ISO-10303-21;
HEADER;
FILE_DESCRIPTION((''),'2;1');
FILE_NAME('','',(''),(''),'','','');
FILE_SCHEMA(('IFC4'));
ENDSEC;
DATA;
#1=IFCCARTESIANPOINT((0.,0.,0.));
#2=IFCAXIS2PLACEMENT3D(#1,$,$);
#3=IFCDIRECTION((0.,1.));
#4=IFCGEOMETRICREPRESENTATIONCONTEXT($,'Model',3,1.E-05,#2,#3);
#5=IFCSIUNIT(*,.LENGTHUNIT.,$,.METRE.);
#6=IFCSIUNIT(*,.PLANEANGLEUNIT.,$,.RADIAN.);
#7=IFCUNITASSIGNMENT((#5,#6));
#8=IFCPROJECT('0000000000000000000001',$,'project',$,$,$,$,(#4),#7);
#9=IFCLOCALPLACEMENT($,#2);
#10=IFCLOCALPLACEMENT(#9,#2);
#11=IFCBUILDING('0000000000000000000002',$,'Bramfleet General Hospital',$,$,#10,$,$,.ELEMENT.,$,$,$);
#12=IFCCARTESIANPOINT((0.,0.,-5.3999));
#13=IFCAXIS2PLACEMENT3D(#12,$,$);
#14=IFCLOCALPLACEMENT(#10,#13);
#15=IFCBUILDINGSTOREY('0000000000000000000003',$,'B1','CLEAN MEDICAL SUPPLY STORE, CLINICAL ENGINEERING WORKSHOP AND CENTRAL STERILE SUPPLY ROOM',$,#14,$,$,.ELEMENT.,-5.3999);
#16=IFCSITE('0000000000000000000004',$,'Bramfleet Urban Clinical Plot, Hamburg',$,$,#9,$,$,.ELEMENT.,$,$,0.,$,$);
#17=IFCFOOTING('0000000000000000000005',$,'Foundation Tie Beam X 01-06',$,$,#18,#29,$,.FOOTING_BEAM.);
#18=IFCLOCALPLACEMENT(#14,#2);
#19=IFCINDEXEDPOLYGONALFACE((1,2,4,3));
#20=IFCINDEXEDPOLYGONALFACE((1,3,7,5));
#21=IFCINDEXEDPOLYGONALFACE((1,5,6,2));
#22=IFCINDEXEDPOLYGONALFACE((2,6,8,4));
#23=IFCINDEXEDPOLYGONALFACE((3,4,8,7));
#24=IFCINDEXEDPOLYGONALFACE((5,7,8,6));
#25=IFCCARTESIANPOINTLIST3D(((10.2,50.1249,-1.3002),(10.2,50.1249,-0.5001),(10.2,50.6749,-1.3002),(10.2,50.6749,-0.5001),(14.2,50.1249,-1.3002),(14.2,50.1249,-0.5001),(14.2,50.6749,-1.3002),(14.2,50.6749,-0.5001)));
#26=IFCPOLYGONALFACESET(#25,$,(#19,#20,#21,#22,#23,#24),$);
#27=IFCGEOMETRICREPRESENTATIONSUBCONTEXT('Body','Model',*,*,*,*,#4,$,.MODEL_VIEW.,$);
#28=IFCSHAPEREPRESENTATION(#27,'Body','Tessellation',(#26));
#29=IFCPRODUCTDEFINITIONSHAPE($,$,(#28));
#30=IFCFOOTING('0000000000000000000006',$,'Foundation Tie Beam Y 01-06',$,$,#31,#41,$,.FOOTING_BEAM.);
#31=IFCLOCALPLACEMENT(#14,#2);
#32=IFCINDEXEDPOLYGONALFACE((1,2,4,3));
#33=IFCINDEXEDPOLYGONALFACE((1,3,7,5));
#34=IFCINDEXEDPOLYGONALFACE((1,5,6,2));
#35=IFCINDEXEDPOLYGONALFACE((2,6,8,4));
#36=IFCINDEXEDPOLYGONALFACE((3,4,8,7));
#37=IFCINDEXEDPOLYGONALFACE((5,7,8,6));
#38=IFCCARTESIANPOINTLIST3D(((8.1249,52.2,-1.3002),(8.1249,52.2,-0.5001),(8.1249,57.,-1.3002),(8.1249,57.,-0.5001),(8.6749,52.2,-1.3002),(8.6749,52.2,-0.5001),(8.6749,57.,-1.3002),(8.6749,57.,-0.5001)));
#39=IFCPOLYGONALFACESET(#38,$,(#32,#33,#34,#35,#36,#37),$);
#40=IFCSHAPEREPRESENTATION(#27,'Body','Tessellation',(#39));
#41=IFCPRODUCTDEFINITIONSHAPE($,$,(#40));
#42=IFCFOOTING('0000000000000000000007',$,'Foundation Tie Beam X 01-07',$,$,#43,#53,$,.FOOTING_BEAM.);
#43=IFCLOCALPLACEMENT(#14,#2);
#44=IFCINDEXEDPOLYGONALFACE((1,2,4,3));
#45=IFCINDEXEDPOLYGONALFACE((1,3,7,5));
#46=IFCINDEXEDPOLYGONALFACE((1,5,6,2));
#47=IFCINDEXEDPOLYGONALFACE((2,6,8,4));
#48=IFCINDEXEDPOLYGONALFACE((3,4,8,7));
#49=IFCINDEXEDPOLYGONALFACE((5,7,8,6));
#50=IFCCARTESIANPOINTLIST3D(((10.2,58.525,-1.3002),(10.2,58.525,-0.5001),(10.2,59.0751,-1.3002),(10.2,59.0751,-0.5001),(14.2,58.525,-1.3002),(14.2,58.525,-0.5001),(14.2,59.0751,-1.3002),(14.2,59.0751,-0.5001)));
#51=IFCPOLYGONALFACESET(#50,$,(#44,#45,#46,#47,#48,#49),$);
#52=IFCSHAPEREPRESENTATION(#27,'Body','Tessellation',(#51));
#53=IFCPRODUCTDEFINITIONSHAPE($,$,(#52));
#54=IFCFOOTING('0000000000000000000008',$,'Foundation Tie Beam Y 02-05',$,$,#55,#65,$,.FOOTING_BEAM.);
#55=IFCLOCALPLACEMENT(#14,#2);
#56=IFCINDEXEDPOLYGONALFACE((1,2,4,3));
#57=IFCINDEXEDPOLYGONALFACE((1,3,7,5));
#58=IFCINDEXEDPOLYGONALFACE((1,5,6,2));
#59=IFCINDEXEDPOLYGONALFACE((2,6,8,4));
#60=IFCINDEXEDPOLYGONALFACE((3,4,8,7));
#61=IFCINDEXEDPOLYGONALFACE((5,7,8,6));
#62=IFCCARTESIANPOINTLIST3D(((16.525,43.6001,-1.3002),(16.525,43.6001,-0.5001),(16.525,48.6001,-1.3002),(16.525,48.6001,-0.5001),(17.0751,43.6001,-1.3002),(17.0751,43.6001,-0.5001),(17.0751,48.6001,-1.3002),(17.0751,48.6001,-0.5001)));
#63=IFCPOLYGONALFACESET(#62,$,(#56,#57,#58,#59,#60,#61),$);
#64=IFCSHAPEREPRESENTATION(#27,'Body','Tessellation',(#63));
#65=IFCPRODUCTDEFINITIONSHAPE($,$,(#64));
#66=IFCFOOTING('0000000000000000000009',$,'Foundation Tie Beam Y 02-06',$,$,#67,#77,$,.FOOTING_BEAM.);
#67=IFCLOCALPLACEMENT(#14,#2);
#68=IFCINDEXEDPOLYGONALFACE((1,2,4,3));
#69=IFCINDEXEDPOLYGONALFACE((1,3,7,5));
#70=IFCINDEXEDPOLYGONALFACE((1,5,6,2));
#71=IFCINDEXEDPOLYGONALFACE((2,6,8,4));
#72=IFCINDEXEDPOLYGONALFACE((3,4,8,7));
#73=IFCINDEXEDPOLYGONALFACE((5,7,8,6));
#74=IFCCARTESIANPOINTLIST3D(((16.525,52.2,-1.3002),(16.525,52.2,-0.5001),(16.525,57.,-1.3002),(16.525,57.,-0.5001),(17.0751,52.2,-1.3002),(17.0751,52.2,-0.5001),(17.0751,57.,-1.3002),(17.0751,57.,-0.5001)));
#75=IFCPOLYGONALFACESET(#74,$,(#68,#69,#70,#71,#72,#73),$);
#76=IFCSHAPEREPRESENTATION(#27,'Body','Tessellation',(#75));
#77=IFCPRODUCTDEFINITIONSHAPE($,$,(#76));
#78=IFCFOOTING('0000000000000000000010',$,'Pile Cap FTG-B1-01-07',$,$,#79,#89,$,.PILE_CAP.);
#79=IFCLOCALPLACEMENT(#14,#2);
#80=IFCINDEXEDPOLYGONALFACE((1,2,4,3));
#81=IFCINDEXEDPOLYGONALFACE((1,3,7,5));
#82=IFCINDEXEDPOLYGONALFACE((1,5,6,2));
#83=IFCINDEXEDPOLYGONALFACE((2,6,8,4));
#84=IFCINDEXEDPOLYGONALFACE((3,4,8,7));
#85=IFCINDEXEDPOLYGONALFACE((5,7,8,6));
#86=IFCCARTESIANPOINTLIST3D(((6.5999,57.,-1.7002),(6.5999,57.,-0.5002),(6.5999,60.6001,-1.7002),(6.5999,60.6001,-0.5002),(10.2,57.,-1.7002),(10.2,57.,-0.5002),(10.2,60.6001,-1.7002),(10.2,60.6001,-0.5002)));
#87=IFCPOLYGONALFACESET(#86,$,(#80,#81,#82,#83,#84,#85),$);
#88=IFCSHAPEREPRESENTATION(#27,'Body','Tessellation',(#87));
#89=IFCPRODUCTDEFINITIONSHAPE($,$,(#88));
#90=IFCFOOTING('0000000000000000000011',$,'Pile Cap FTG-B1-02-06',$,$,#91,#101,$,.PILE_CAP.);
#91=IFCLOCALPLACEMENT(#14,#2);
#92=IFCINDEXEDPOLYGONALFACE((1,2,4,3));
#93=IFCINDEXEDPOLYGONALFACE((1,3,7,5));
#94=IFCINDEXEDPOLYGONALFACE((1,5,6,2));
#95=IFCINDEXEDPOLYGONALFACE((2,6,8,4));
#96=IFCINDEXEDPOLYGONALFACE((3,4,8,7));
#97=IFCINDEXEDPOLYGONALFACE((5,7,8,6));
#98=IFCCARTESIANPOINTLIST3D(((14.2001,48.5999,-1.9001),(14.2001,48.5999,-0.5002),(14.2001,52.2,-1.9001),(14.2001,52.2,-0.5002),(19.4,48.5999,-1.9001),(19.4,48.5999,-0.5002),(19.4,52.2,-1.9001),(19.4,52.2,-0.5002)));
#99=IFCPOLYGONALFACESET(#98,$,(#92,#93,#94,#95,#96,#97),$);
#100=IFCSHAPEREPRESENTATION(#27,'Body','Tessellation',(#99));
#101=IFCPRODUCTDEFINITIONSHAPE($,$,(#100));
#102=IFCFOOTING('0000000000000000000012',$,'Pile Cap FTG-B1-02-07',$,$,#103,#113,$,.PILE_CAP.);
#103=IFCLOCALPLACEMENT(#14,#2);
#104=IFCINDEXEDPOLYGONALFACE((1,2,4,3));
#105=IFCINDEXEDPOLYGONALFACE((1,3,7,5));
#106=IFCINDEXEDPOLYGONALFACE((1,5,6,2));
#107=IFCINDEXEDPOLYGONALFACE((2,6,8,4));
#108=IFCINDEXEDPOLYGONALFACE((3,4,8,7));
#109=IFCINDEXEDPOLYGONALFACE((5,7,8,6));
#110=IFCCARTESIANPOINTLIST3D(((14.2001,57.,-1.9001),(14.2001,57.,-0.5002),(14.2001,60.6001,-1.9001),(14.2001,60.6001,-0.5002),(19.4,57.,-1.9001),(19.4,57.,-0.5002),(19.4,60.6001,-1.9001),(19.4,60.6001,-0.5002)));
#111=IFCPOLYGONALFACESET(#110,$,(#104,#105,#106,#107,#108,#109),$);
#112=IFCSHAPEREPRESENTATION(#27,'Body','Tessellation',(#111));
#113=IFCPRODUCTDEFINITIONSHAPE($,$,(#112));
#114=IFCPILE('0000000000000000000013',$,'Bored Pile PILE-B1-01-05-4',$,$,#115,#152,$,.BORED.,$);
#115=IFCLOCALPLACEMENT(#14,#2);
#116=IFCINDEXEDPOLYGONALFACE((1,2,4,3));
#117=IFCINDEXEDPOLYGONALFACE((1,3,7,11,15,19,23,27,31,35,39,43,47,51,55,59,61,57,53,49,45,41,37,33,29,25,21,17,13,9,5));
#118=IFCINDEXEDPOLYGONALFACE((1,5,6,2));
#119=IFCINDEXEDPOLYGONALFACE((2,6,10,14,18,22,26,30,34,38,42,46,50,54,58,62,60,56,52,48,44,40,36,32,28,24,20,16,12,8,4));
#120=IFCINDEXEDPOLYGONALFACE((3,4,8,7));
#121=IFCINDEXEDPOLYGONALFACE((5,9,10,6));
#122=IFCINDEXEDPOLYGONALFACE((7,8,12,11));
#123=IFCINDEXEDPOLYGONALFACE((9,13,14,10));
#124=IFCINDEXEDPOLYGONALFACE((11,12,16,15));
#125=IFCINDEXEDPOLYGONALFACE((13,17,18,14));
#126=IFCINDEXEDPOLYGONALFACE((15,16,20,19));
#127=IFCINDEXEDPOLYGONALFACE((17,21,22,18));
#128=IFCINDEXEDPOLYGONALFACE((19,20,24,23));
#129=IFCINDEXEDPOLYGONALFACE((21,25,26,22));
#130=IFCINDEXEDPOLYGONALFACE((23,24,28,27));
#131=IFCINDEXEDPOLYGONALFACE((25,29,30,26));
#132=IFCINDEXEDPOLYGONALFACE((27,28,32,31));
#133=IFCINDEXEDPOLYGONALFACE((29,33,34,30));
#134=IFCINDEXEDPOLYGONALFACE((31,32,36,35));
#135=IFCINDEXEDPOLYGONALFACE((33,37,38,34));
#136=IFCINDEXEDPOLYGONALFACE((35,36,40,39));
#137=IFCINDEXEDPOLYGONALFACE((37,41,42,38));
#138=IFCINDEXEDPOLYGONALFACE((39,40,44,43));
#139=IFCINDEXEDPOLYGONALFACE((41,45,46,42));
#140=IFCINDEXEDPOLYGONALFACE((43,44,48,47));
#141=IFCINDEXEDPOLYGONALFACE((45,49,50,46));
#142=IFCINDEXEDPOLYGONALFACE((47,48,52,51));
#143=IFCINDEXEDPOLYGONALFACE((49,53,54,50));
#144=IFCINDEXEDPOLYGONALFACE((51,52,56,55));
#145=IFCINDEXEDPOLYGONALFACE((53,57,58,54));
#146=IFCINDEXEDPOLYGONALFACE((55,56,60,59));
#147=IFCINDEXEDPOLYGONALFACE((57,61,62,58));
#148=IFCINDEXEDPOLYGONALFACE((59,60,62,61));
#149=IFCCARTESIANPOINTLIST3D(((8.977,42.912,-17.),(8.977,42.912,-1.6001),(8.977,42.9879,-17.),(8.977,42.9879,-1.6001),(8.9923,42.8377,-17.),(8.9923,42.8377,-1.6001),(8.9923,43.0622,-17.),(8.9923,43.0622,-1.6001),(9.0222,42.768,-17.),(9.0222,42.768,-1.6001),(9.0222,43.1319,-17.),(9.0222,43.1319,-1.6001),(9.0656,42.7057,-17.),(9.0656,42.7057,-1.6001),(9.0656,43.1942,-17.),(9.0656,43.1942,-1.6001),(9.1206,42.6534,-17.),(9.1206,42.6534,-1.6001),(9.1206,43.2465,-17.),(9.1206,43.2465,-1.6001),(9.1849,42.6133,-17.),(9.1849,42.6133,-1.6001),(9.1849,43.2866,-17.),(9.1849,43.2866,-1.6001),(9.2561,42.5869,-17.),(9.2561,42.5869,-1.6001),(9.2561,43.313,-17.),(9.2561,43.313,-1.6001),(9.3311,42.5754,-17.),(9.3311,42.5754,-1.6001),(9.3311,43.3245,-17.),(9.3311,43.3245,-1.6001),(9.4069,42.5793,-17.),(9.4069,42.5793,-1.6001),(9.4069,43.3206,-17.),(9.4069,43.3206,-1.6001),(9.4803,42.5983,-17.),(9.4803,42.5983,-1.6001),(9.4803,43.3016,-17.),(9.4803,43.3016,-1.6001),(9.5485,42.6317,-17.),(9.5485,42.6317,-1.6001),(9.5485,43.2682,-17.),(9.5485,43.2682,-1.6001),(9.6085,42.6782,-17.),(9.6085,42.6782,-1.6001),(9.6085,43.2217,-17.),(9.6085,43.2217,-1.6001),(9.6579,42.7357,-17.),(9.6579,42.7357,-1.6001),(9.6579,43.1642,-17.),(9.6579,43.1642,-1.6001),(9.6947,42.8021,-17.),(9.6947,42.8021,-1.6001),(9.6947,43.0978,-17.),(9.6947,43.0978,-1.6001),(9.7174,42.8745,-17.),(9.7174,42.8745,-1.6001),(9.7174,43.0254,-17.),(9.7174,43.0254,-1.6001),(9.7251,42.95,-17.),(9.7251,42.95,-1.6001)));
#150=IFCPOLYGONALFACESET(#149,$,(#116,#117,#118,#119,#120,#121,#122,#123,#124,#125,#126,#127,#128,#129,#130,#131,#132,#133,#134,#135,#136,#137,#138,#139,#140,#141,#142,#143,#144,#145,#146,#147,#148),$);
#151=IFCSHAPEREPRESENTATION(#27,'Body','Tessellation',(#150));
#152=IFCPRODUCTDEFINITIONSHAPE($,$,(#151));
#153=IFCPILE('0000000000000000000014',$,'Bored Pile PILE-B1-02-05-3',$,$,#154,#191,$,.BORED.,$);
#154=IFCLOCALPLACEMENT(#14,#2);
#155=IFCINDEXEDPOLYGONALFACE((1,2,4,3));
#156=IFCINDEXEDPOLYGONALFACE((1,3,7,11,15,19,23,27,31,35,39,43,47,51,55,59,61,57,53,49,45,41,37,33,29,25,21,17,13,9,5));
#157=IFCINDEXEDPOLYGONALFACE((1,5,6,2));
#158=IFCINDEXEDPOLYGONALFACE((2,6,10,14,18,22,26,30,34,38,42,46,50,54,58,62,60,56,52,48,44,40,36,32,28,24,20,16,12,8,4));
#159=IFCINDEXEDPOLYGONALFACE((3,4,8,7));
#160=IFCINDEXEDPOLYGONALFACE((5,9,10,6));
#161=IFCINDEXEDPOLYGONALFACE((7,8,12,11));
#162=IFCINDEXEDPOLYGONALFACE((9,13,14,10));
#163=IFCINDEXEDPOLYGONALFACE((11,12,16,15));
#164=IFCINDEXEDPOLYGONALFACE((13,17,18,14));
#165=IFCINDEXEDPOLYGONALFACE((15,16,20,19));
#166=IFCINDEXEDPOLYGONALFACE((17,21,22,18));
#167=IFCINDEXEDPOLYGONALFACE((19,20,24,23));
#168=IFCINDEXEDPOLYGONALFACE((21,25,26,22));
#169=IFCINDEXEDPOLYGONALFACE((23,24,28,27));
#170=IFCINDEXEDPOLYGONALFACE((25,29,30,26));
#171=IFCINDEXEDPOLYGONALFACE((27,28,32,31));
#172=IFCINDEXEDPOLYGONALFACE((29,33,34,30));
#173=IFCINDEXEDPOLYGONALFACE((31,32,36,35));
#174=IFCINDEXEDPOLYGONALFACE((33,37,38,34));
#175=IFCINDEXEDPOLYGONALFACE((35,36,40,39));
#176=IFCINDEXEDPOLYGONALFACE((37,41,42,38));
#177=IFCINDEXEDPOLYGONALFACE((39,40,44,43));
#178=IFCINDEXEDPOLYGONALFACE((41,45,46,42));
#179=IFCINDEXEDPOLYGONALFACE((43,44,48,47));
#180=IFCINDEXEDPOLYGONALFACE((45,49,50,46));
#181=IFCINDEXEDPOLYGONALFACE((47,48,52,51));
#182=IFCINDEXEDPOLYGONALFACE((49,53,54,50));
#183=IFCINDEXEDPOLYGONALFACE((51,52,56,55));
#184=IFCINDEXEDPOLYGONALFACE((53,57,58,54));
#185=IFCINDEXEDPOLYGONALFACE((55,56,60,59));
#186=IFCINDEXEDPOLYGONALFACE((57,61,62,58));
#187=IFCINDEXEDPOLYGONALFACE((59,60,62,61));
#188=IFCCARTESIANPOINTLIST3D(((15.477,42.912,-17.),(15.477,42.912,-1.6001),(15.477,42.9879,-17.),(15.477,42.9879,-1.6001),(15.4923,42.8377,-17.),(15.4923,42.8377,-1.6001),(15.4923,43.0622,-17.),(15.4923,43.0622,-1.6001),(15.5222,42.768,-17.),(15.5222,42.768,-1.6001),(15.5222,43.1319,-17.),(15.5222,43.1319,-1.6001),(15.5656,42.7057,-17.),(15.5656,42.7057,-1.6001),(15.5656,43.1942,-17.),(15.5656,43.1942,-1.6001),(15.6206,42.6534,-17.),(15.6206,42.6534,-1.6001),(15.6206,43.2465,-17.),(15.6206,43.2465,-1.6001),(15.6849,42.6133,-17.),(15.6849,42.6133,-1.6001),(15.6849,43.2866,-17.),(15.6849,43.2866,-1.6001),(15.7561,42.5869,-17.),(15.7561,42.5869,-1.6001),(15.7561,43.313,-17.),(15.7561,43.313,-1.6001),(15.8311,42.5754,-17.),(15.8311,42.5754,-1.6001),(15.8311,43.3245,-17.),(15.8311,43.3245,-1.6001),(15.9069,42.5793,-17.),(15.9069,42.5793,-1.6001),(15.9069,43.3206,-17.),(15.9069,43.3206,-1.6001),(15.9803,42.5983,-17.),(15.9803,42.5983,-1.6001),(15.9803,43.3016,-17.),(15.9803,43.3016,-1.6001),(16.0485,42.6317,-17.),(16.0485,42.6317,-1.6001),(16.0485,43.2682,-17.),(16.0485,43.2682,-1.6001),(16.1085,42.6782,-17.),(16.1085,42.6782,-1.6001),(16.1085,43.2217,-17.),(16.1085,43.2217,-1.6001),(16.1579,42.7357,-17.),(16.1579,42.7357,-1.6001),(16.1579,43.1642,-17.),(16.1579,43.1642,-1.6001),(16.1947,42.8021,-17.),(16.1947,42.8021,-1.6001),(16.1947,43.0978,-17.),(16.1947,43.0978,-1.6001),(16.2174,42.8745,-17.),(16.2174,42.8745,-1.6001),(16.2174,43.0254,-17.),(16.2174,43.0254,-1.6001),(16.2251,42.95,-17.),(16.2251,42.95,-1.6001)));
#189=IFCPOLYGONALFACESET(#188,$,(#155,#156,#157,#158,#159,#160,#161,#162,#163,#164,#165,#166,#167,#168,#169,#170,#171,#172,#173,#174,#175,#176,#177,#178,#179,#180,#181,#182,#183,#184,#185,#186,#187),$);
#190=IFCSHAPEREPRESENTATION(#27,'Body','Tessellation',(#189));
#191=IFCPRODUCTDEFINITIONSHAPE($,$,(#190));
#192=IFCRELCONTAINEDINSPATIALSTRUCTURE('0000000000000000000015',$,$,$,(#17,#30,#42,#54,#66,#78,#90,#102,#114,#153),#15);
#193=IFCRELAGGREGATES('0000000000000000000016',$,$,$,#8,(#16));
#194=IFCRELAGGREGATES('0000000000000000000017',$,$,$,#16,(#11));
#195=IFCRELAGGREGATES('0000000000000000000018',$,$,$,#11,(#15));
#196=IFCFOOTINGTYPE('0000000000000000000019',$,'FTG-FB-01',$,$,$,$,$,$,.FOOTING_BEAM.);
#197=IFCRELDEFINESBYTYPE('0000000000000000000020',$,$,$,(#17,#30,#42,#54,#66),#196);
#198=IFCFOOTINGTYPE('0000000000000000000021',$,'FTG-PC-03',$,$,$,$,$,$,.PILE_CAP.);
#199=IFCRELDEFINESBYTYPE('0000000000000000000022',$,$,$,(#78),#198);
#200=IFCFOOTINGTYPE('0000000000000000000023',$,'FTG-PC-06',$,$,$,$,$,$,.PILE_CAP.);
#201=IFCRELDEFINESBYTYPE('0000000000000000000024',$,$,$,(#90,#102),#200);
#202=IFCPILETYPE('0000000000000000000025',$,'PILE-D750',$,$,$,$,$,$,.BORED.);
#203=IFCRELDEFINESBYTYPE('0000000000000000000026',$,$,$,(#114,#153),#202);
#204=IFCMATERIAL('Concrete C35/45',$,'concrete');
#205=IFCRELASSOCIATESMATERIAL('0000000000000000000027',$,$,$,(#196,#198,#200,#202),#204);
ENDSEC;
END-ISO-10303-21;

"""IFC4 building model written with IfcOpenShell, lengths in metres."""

from ifc_helpers import new_model, si_unit, direction, frame, origin, origin_2d, place, context, subcontext, project, spatial, rectangle, circle, extrude, material, material_profile, profile_set, type_object, element, save


model = new_model("IFC4")

# Units and contexts
model_context = context("Model", 3, precision=1e-05, world=origin(), true_north=direction((0.0, 1.0)))
body_context = subcontext(model_context, "Body", "Model", "MODEL_VIEW")
ifc_project = project(units=[si_unit("LENGTHUNIT", "METRE"), si_unit("PLANEANGLEUNIT", "RADIAN")], contexts=[model_context])

# Site, building, storey
site_placement = place(None, origin())
site = spatial("IfcSite", under=ifc_project, at=site_placement, Name="Bramfleet Urban Clinical Plot, Hamburg", CompositionType="ELEMENT", RefElevation=0.0)
building_placement = place(site_placement, origin())
building = spatial("IfcBuilding", under=site, at=building_placement, Name="Bramfleet General Hospital", CompositionType="ELEMENT")
storey_placement = place(building_placement, frame((0.0, 0.0, -5.3999)))
storey = spatial("IfcBuildingStorey", under=building, at=storey_placement, Name="B1", Description="CLEAN MEDICAL SUPPLY STORE, CLINICAL ENGINEERING WORKSHOP AND CENTRAL STERILE SUPPLY ROOM", CompositionType="ELEMENT", Elevation=-5.3999)

# Footings
ifc_material_1 = material(Name="Concrete C35/45", Category="concrete")
ifc_material_profile_1 = material_profile(ifc_material_1, rectangle(XDim=0.55, YDim=0.8, at=origin_2d()), Name="RC FB 800x550")
ifc_profile_set_1 = profile_set([ifc_material_profile_1], Name="Concrete C35/45")
footing_type_1 = type_object("IfcFootingType", Name="FTG-FB-01", PredefinedType="FOOTING_BEAM", material=ifc_profile_set_1)
footing_1_placement = place(storey_placement, frame((10.2, 50.3999, -0.9001), z_axis=(1.0, 0.0, 0.0), x_axis=(0.0, 1.0, 0.0)))
element("IfcFooting", 1, at=footing_1_placement, inside=storey, type_object=footing_type_1, Name="Foundation Tie Beam X 01-06", PredefinedType="FOOTING_BEAM", context=body_context, shape_type="SweptSolid", body=[
    extrude(rectangle(XDim=0.55, YDim=0.8, at=origin_2d()), origin(), (0.0, 0.0, 1.0), 4.0),
])
footing_2_placement = place(storey_placement, frame((8.3999, 52.2, -0.9001), z_axis=(0.0, 1.0, 0.0), x_axis=(-1.0, 0.0, 0.0)))
element("IfcFooting", 2, at=footing_2_placement, inside=storey, type_object=footing_type_1, Name="Foundation Tie Beam Y 01-06", PredefinedType="FOOTING_BEAM", context=body_context, shape_type="SweptSolid", body=[
    extrude(rectangle(XDim=0.55, YDim=0.8, at=origin_2d()), origin(), (0.0, 0.0, 1.0), 4.8),
])
footing_3_placement = place(storey_placement, frame((10.2, 58.8, -0.9001), z_axis=(1.0, 0.0, 0.0), x_axis=(0.0, 1.0, 0.0)))
element("IfcFooting", 3, at=footing_3_placement, inside=storey, type_object=footing_type_1, Name="Foundation Tie Beam X 01-07", PredefinedType="FOOTING_BEAM", context=body_context, shape_type="SweptSolid", body=[
    extrude(rectangle(XDim=0.55, YDim=0.8, at=origin_2d()), origin(), (0.0, 0.0, 1.0), 4.0),
])
footing_4_placement = place(storey_placement, frame((16.8, 43.6001, -0.9001), z_axis=(0.0, 1.0, 0.0), x_axis=(-1.0, 0.0, 0.0)))
element("IfcFooting", 4, at=footing_4_placement, inside=storey, type_object=footing_type_1, Name="Foundation Tie Beam Y 02-05", PredefinedType="FOOTING_BEAM", context=body_context, shape_type="SweptSolid", body=[
    extrude(rectangle(XDim=0.55, YDim=0.8, at=origin_2d()), origin(), (0.0, 0.0, 1.0), 5.0),
])
footing_5_placement = place(storey_placement, frame((16.8, 52.2, -0.9001), z_axis=(0.0, 1.0, 0.0), x_axis=(-1.0, 0.0, 0.0)))
element("IfcFooting", 5, at=footing_5_placement, inside=storey, type_object=footing_type_1, Name="Foundation Tie Beam Y 02-06", PredefinedType="FOOTING_BEAM", context=body_context, shape_type="SweptSolid", body=[
    extrude(rectangle(XDim=0.55, YDim=0.8, at=origin_2d()), origin(), (0.0, 0.0, 1.0), 4.8),
])
footing_type_2 = type_object("IfcFootingType", Name="FTG-PC-03", PredefinedType="PILE_CAP", material=ifc_material_1)
footing_6_placement = place(storey_placement, frame((8.3999, 58.8, -1.7002), z_axis=(0.0, 0.0, 1.0), x_axis=(1.0, 0.0, 0.0)))
element("IfcFooting", 6, at=footing_6_placement, inside=storey, type_object=footing_type_2, Name="Pile Cap FTG-B1-01-07", PredefinedType="PILE_CAP", context=body_context, shape_type="SweptSolid", body=[
    extrude(rectangle(XDim=3.6001, YDim=3.6001, at=origin_2d()), origin(), (0.0, 0.0, 1.0), 1.2),
])
footing_type_3 = type_object("IfcFootingType", Name="FTG-PC-06", PredefinedType="PILE_CAP", material=ifc_material_1)
for number, where, z_axis, x_axis, name in (
    (7, (16.8, 50.3999, -1.9001), (0.0, 0.0, 1.0), (1.0, 0.0, 0.0), "Pile Cap FTG-B1-02-06"),
    (8, (16.8, 58.8, -1.9001), (0.0, 0.0, 1.0), (1.0, 0.0, 0.0), "Pile Cap FTG-B1-02-07"),
):
    element("IfcFooting", number, at=place(storey_placement, frame(where, z_axis=z_axis, x_axis=x_axis)), inside=storey, type_object=footing_type_3, Name=name, PredefinedType="PILE_CAP", context=body_context, shape_type="SweptSolid", body=[
        extrude(rectangle(XDim=5.2, YDim=3.6001, at=origin_2d()), origin(), (0.0, 0.0, 1.0), 1.3999),
    ])

# Piles
ifc_material_profile_2 = material_profile(ifc_material_1, circle(Radius=0.375, at=origin_2d()), Name="PILE BORED D750")
ifc_profile_set_2 = profile_set([ifc_material_profile_2], Name="Concrete C35/45")
pile_type_1 = type_object("IfcPileType", Name="PILE-D750", PredefinedType="BORED", material=ifc_profile_set_2)
for number, where, z_axis, x_axis, name in (
    (9, (9.3501, 42.95, -1.6001), (0.0, 0.0, -1.0), (1.0, 0.0, 0.0), "Bored Pile PILE-B1-01-05-4"),
    (10, (15.8501, 42.95, -1.6001), (0.0, 0.0, -1.0), (1.0, 0.0, 0.0), "Bored Pile PILE-B1-02-05-3"),
):
    element("IfcPile", number, at=place(storey_placement, frame(where, z_axis=z_axis, x_axis=x_axis)), inside=storey, type_object=pile_type_1, Name=name, PredefinedType="BORED", context=body_context, shape_type="SweptSolid", body=[
        extrude(circle(Radius=0.375, at=origin_2d()), origin(), (0.0, 0.0, 1.0), 15.3999),
    ])

save(model, "model.ifc")
